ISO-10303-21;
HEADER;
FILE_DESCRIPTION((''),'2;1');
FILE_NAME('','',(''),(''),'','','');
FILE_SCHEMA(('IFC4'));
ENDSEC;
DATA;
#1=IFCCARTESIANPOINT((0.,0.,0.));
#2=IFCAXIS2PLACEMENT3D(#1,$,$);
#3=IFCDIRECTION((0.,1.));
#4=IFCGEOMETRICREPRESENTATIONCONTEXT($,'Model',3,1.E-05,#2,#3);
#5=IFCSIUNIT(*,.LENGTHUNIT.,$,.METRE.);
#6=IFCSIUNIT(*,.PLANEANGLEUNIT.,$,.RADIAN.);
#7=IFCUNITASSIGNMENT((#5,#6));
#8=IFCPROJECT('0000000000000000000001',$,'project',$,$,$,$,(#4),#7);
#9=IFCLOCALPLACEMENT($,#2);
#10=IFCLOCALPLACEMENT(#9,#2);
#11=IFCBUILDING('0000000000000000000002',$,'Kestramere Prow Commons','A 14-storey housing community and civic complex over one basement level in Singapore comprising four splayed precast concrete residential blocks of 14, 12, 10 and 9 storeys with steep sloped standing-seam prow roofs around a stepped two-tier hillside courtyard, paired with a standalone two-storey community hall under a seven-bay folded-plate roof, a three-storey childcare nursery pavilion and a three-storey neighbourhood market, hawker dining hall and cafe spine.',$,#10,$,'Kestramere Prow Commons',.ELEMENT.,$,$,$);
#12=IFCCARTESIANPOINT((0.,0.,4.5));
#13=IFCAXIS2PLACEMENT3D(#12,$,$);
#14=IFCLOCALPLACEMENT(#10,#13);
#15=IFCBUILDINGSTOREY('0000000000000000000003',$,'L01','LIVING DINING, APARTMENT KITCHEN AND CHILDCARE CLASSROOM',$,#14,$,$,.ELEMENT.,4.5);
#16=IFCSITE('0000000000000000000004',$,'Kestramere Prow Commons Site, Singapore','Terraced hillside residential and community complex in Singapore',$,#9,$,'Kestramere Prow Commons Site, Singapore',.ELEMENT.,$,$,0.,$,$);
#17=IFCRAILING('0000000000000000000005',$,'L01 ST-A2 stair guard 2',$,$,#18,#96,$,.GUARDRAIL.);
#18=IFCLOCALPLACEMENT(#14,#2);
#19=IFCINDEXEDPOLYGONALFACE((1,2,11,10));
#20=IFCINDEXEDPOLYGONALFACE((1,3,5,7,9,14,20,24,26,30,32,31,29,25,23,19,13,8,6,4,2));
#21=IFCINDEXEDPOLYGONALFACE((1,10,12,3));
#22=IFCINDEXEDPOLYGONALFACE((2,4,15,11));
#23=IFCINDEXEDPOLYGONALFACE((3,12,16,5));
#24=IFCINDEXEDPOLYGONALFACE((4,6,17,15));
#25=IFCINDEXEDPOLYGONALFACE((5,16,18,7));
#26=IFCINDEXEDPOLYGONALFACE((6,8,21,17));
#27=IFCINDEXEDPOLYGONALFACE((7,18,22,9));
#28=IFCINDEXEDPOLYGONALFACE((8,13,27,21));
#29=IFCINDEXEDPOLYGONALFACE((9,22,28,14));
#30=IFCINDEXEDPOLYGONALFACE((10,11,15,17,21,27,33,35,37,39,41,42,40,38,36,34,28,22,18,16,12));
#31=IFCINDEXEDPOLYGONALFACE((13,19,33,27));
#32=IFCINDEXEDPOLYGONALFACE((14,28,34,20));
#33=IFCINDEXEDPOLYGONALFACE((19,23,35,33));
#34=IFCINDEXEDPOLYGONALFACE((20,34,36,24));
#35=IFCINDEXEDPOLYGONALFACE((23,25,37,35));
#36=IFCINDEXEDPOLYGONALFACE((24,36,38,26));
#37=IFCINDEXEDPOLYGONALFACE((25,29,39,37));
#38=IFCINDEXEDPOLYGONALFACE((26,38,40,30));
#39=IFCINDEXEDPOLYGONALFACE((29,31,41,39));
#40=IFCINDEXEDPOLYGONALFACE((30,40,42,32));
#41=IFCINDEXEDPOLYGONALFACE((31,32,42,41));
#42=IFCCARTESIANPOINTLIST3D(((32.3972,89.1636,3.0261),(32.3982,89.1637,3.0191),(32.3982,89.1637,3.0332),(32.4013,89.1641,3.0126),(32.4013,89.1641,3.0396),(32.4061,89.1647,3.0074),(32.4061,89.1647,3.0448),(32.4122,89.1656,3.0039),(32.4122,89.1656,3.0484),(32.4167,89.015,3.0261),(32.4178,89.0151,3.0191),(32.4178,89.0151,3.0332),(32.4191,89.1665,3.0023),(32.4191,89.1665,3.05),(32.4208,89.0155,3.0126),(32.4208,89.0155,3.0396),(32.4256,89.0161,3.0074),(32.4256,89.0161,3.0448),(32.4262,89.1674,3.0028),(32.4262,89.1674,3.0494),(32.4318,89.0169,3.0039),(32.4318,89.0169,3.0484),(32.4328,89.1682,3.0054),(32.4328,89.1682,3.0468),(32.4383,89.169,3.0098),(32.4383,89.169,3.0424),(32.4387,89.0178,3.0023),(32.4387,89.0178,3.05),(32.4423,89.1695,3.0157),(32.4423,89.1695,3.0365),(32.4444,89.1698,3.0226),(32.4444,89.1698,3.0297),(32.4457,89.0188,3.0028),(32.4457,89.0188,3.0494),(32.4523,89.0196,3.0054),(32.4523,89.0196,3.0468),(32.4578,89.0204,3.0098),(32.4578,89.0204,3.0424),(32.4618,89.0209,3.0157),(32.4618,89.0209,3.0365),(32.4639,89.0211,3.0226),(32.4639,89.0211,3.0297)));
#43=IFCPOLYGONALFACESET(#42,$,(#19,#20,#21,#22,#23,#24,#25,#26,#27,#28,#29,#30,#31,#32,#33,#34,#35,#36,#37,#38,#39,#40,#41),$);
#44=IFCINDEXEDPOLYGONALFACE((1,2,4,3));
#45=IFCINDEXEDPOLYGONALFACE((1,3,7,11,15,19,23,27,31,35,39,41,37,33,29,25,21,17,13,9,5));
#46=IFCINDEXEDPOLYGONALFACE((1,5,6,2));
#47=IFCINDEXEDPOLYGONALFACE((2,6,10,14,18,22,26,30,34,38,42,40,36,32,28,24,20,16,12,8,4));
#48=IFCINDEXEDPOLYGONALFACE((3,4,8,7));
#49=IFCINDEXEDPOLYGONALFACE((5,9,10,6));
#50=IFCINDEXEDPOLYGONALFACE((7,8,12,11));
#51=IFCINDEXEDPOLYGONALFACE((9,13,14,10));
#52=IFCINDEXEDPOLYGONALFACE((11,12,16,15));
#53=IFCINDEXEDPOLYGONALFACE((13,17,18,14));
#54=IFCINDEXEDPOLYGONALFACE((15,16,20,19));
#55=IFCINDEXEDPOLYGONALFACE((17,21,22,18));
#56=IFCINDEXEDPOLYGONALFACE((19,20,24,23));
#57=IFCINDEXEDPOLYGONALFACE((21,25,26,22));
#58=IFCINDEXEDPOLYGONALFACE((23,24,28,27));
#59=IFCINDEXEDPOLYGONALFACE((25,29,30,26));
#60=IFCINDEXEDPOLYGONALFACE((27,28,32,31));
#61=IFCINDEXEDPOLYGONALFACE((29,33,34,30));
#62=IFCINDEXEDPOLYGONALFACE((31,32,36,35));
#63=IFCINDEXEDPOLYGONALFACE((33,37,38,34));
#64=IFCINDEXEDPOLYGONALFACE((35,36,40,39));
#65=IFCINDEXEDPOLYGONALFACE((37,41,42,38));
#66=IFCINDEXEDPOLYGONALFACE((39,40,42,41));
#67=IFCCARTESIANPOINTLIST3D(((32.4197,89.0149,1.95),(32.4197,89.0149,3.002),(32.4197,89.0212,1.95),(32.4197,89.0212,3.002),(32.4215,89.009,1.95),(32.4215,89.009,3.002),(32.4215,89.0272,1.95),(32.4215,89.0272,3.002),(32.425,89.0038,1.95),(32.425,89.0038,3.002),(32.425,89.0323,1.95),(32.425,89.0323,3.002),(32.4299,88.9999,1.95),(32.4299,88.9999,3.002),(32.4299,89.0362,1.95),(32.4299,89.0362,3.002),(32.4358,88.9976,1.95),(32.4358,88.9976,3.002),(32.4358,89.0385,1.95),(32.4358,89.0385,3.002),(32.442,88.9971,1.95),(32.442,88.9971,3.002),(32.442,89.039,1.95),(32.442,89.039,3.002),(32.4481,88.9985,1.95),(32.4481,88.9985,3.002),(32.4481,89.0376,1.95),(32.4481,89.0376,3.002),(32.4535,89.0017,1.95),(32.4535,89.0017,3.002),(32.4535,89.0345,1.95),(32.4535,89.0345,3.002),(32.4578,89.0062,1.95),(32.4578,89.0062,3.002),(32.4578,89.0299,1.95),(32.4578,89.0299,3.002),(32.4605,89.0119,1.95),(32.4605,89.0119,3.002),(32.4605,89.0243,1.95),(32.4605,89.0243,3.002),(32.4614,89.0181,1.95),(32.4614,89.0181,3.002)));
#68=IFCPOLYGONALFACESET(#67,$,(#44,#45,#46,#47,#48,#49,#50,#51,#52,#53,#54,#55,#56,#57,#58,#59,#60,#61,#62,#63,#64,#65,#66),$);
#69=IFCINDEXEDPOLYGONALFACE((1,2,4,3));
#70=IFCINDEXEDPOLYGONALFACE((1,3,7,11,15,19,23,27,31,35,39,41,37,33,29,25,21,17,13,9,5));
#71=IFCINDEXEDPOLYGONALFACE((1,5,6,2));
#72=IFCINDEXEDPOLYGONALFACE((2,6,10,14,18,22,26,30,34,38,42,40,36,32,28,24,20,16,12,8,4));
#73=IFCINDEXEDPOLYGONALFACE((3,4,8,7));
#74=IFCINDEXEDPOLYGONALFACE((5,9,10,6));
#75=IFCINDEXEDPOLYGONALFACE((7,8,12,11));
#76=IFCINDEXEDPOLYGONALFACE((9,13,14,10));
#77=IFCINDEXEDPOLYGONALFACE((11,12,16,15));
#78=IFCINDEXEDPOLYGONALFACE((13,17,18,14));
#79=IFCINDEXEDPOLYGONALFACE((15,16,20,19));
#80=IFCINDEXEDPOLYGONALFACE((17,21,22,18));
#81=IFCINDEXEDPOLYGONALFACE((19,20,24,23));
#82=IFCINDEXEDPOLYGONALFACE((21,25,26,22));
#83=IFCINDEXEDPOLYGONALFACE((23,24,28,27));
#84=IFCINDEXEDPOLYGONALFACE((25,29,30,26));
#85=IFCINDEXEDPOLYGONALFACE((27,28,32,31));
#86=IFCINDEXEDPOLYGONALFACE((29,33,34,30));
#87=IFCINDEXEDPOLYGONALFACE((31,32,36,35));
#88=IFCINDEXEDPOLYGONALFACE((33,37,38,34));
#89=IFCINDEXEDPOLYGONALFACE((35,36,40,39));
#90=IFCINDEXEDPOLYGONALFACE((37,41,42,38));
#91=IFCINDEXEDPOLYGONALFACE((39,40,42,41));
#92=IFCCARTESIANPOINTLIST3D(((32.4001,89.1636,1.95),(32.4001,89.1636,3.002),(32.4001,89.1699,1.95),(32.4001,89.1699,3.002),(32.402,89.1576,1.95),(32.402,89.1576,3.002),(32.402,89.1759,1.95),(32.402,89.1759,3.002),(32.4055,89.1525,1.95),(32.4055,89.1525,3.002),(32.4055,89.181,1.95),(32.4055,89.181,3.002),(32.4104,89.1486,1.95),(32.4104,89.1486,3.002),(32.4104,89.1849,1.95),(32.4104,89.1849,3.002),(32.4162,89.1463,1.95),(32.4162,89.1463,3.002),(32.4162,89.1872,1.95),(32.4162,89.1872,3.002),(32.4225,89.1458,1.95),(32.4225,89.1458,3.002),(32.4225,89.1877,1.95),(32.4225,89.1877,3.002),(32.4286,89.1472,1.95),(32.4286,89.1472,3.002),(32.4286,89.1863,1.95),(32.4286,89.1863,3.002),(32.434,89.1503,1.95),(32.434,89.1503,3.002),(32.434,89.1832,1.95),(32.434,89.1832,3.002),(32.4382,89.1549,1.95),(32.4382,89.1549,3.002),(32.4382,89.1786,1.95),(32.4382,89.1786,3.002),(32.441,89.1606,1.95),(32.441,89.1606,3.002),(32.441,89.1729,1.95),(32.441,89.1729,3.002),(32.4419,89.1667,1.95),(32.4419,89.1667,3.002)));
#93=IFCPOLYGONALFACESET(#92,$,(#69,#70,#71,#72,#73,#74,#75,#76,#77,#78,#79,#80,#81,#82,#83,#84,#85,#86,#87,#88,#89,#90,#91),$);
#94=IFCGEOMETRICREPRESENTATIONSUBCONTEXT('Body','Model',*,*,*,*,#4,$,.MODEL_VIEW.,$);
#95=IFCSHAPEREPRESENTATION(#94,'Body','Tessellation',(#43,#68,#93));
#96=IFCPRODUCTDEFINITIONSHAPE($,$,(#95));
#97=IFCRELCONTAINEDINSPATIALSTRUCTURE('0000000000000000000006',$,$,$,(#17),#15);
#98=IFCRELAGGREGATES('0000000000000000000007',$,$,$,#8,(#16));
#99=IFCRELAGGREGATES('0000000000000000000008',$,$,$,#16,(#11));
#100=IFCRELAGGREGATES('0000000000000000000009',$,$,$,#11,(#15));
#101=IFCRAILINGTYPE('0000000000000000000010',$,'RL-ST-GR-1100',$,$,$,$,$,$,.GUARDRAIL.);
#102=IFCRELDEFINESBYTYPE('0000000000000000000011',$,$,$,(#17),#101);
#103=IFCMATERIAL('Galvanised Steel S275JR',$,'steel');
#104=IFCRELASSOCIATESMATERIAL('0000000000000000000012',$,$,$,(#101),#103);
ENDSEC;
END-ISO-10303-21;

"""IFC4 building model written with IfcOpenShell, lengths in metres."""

from ifc_helpers import new_model, si_unit, direction, frame, origin, origin_2d, place, context, subcontext, project, spatial, circle, extrude, material, type_object, element, save


model = new_model("IFC4")

# Units and contexts
model_context = context("Model", 3, precision=1e-05, world=origin(), true_north=direction((0.0, 1.0)))
body_context = subcontext(model_context, "Body", "Model", "MODEL_VIEW")
ifc_project = project(units=[si_unit("LENGTHUNIT", "METRE"), si_unit("PLANEANGLEUNIT", "RADIAN")], contexts=[model_context])

# Site, building, storey
site_placement = place(None, origin())
site = spatial("IfcSite", under=ifc_project, at=site_placement, Name="Kestramere Prow Commons Site, Singapore", Description="Terraced hillside residential and community complex in Singapore", LongName="Kestramere Prow Commons Site, Singapore", CompositionType="ELEMENT", RefElevation=0.0)
building_placement = place(site_placement, origin())
building = spatial("IfcBuilding", under=site, at=building_placement, Name="Kestramere Prow Commons", Description="A 14-storey housing community and civic complex over one basement level in Singapore comprising four splayed precast concrete residential blocks of 14, 12, 10 and 9 storeys with steep sloped standing-seam prow roofs around a stepped two-tier hillside courtyard, paired with a standalone two-storey community hall under a seven-bay folded-plate roof, a three-storey childcare nursery pavilion and a three-storey neighbourhood market, hawker dining hall and cafe spine.", LongName="Kestramere Prow Commons", CompositionType="ELEMENT")
storey_placement = place(building_placement, frame((0.0, 0.0, 4.5)))
storey = spatial("IfcBuildingStorey", under=building, at=storey_placement, Name="L01", Description="LIVING DINING, APARTMENT KITCHEN AND CHILDCARE CLASSROOM", CompositionType="ELEMENT", Elevation=4.5)

# Railing
ifc_material_1 = material(Name="Galvanised Steel S275JR", Category="steel")
railing_type_1 = type_object("IfcRailingType", Name="RL-ST-GR-1100", PredefinedType="GUARDRAIL", material=ifc_material_1)
railing_1_placement = place(storey_placement, frame((32.4404, 89.0181, 1.95)))
element("IfcRailing", 1, at=railing_1_placement, inside=storey, type_object=railing_type_1, Name="L01 ST-A2 stair guard 2", PredefinedType="GUARDRAIL", context=body_context, shape_type="SweptSolid", body=[
    extrude(circle(Radius=0.0239, at=origin_2d()), frame((0.0, 0.0, 1.0762), z_axis=(-0.130244, 0.991482, 0.0), x_axis=(-0.991482, -0.130244, 0.0)), (0.0, 0.0, 1.0), 0.1499),
    extrude(circle(Radius=0.021, at=origin_2d()), origin(), (0.0, 0.0, 1.0), 1.052),
    extrude(circle(Radius=0.021, at=origin_2d()), frame((-0.0195, 0.1487, 0.0)), (0.0, 0.0, 1.0), 1.052),
])

save(model, "model.ifc")
